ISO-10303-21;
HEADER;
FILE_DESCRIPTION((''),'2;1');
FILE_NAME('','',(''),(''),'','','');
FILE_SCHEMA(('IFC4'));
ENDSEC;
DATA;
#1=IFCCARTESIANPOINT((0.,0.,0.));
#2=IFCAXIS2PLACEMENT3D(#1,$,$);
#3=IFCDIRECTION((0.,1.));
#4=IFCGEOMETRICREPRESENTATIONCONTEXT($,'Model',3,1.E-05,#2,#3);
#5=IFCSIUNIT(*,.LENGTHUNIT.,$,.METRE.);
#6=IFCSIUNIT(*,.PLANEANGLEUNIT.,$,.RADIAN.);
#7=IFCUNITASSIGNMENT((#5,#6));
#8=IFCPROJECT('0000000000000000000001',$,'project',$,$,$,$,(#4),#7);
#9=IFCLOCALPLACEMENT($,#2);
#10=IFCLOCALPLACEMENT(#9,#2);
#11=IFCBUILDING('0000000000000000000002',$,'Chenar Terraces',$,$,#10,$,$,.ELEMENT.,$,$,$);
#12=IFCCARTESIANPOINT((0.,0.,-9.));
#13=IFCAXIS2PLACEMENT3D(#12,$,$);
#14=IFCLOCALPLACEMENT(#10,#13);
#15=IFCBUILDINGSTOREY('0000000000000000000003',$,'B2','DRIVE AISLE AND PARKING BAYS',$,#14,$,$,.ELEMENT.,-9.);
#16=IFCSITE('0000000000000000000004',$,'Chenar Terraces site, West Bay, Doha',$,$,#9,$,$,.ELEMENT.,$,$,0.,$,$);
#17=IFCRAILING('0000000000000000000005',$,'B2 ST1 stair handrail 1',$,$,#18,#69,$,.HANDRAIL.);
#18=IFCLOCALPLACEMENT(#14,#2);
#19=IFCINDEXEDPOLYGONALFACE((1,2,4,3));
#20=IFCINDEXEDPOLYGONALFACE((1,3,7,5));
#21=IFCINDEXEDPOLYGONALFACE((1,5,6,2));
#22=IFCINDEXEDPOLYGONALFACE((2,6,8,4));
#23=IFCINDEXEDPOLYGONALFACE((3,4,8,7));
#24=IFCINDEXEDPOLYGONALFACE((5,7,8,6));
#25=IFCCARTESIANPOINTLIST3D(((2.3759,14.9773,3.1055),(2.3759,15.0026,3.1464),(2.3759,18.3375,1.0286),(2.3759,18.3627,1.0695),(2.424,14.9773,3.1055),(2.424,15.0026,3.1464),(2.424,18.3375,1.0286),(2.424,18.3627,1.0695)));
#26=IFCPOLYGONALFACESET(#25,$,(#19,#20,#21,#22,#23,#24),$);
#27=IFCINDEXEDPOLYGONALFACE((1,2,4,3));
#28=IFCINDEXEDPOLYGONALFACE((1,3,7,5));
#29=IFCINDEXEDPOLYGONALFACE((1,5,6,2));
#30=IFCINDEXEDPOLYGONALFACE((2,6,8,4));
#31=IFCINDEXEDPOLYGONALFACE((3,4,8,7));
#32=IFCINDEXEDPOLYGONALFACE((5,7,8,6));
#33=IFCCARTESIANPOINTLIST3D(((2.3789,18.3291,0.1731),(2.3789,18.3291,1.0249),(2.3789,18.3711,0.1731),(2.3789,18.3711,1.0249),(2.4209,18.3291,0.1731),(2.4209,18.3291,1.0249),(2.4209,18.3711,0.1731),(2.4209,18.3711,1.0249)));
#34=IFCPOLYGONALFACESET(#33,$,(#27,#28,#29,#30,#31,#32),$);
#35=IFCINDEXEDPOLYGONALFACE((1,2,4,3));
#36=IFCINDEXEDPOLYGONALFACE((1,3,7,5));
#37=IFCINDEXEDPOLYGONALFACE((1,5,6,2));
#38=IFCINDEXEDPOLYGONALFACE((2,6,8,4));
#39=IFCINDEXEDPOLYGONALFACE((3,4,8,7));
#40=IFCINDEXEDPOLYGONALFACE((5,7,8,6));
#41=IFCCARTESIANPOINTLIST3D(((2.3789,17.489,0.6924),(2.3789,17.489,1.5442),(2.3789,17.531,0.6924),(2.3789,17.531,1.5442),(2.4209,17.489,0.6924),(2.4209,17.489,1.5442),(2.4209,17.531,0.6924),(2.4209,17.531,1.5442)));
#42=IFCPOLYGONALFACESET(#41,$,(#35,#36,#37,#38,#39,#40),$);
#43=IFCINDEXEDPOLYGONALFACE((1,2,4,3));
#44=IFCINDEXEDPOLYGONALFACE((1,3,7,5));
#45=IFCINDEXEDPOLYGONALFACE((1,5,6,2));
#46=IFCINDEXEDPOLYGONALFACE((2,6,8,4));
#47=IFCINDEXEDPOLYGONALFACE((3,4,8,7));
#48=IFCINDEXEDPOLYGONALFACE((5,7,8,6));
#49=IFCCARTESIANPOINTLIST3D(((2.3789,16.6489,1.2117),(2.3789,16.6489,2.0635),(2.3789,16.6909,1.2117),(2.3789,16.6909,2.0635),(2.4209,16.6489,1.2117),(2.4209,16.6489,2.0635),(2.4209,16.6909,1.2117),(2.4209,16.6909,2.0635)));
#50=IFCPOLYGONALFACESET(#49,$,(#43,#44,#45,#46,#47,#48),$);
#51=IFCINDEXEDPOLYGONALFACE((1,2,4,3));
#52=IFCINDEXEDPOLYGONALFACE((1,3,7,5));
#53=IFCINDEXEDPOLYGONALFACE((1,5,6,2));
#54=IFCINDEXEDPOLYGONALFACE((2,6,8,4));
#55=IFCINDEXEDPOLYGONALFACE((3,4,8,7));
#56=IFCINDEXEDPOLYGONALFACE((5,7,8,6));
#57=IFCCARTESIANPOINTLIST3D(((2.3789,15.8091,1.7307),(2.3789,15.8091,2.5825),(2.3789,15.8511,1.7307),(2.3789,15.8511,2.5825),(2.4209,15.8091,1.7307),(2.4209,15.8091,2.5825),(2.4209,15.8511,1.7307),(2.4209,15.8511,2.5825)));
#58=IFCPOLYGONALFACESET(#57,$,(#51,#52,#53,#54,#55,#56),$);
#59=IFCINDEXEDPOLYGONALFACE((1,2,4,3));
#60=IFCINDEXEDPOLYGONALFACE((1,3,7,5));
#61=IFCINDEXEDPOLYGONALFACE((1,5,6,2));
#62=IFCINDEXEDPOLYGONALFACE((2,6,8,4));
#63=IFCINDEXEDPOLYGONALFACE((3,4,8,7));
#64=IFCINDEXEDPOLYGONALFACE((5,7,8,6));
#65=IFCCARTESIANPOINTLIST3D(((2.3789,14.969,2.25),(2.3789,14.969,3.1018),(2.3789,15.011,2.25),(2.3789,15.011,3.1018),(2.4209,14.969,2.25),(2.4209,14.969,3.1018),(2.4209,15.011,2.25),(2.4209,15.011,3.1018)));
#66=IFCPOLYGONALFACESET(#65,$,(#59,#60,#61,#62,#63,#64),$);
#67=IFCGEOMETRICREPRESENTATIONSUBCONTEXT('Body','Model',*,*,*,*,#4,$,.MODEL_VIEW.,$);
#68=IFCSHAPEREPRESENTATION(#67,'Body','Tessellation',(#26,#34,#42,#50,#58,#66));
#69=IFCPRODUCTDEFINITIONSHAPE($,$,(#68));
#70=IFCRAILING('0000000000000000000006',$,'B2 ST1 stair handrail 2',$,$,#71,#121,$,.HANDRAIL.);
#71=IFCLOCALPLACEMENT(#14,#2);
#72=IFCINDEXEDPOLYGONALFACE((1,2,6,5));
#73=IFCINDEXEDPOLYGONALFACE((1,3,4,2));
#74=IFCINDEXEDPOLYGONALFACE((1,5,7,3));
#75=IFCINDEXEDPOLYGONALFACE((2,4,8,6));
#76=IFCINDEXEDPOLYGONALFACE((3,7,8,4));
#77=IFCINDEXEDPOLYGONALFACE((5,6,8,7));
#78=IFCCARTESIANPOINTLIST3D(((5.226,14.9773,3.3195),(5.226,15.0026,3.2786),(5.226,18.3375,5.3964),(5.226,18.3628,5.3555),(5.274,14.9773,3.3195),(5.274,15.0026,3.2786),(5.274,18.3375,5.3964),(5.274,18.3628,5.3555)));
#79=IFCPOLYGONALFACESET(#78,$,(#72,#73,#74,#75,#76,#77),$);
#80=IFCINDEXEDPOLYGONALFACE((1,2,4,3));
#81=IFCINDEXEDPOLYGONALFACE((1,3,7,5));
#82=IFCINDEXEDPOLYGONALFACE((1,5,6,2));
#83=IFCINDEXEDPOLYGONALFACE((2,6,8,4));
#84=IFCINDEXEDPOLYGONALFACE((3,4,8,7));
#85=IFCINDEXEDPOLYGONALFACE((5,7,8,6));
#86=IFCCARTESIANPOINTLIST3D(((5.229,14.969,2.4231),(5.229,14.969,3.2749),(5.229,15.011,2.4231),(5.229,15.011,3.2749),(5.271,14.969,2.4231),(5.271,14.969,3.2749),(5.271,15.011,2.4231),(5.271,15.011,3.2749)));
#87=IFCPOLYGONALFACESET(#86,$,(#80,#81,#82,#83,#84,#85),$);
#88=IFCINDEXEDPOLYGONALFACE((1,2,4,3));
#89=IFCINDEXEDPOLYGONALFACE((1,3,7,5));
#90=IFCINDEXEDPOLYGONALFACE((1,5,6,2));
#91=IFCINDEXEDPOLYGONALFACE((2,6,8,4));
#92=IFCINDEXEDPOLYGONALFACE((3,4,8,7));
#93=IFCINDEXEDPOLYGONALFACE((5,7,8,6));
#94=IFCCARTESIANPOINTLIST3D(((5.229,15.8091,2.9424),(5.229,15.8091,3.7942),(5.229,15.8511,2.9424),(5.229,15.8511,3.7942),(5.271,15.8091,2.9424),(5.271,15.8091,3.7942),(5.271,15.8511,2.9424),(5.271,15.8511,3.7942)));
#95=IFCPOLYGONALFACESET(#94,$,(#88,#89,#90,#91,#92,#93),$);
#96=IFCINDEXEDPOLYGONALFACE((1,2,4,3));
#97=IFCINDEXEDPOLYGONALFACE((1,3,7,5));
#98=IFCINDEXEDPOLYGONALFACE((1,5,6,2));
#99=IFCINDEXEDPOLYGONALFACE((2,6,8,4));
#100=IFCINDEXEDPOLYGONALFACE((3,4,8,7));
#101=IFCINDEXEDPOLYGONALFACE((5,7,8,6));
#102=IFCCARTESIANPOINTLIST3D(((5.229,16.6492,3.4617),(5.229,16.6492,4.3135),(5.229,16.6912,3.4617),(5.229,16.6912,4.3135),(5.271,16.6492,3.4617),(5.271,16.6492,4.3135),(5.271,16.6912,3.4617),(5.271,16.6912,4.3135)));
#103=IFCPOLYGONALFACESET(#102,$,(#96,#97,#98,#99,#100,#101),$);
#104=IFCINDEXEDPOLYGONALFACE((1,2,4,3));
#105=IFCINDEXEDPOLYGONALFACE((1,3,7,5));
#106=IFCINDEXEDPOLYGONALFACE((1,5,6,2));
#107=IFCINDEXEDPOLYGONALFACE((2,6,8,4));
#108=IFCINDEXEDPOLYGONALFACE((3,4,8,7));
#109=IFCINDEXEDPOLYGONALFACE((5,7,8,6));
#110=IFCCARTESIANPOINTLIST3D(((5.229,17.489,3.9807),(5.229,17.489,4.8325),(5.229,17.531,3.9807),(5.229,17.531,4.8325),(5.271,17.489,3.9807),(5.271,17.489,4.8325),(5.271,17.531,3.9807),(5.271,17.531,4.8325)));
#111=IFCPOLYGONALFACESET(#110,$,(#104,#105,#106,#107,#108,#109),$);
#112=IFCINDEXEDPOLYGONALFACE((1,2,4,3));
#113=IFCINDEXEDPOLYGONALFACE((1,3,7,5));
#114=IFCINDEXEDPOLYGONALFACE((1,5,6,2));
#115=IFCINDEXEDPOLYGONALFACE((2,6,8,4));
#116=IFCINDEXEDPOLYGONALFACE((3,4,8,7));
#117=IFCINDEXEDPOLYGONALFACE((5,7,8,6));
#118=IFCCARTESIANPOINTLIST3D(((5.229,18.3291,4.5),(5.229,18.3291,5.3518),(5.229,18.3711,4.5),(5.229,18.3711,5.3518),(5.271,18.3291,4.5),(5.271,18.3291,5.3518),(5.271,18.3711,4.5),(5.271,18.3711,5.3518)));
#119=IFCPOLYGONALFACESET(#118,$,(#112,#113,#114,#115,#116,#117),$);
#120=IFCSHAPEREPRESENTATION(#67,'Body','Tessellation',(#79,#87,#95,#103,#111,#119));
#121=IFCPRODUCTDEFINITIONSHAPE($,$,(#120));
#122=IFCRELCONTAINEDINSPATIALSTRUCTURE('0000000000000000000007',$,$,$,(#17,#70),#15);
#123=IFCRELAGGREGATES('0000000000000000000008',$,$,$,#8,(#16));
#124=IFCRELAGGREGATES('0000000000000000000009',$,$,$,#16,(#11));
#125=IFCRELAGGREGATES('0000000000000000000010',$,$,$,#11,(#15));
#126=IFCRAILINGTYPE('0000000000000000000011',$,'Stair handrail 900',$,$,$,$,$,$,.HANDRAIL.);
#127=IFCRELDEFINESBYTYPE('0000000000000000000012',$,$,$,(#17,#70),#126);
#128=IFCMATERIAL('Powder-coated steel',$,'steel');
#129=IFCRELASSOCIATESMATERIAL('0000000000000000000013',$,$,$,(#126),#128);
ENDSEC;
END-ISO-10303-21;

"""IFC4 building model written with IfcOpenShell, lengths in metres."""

from ifc_helpers import new_model, si_unit, direction, frame, origin, origin_2d, place, context, subcontext, project, spatial, rectangle, extrude, material, type_object, element, save


model = new_model("IFC4")

# Units and contexts
model_context = context("Model", 3, precision=1e-05, world=origin(), true_north=direction((0.0, 1.0)))
body_context = subcontext(model_context, "Body", "Model", "MODEL_VIEW")
ifc_project = project(units=[si_unit("LENGTHUNIT", "METRE"), si_unit("PLANEANGLEUNIT", "RADIAN")], contexts=[model_context])

# Site, building, storey
site_placement = place(None, origin())
site = spatial("IfcSite", under=ifc_project, at=site_placement, Name="Chenar Terraces site, West Bay, Doha", CompositionType="ELEMENT", RefElevation=0.0)
building_placement = place(site_placement, origin())
building = spatial("IfcBuilding", under=site, at=building_placement, Name="Chenar Terraces", CompositionType="ELEMENT")
storey_placement = place(building_placement, frame((0.0, 0.0, -9.0)))
storey = spatial("IfcBuildingStorey", under=building, at=storey_placement, Name="B2", Description="DRIVE AISLE AND PARKING BAYS", CompositionType="ELEMENT", Elevation=-9.0)

# Railings
ifc_material_1 = material(Name="Powder-coated steel", Category="steel")
railing_type_1 = type_object("IfcRailingType", Name="Stair handrail 900", PredefinedType="HANDRAIL", material=ifc_material_1)
railing_1_placement = place(storey_placement, frame((2.3999, 18.3501, 0.1731)))
element("IfcRailing", 1, at=railing_1_placement, inside=storey, type_object=railing_type_1, Name="B2 ST1 stair handrail 1", PredefinedType="HANDRAIL", context=body_context, shape_type="SweptSolid", body=[
    extrude(rectangle(XDim=0.0481, YDim=0.0481, at=origin_2d()), frame((0.0, 0.0, 0.876), z_axis=(0.0, -0.850623, 0.525776), x_axis=(1.0, 0.0, 0.0)), (0.0, 0.0, 1.0), 3.9502),
    extrude(rectangle(XDim=0.042, YDim=0.042, at=origin_2d()), origin(), (0.0, 0.0, 1.0), 0.8518),
    extrude(rectangle(XDim=0.042, YDim=0.042, at=origin_2d()), frame((0.0, -0.8401, 0.5193)), (0.0, 0.0, 1.0), 0.8518),
    extrude(rectangle(XDim=0.042, YDim=0.042, at=origin_2d()), frame((0.0, -1.6802, 1.0386)), (0.0, 0.0, 1.0), 0.8518),
    extrude(rectangle(XDim=0.042, YDim=0.042, at=origin_2d()), frame((0.0, -2.52, 1.5576)), (0.0, 0.0, 1.0), 0.8518),
    extrude(rectangle(XDim=0.042, YDim=0.042, at=origin_2d()), frame((0.0, -3.3601, 2.0769)), (0.0, 0.0, 1.0), 0.8518),
])
railing_2_placement = place(storey_placement, frame((5.25, 14.99, 2.4231)))
element("IfcRailing", 2, at=railing_2_placement, inside=storey, type_object=railing_type_1, Name="B2 ST1 stair handrail 2", PredefinedType="HANDRAIL", context=body_context, shape_type="SweptSolid", body=[
    extrude(rectangle(XDim=0.0481, YDim=0.0481, at=origin_2d()), frame((0.0, 0.0, 0.876), z_axis=(0.0, 0.850623, 0.525776), x_axis=(-1.0, 0.0, 0.0)), (0.0, 0.0, 1.0), 3.9502),
    extrude(rectangle(XDim=0.042, YDim=0.042, at=origin_2d()), origin(), (0.0, 0.0, 1.0), 0.8518),
    extrude(rectangle(XDim=0.042, YDim=0.042, at=origin_2d()), frame((0.0, 0.8401, 0.5193)), (0.0, 0.0, 1.0), 0.8518),
    extrude(rectangle(XDim=0.042, YDim=0.042, at=origin_2d()), frame((0.0, 1.6802, 1.0386)), (0.0, 0.0, 1.0), 0.8518),
    extrude(rectangle(XDim=0.042, YDim=0.042, at=origin_2d()), frame((0.0, 2.52, 1.5576)), (0.0, 0.0, 1.0), 0.8518),
    extrude(rectangle(XDim=0.042, YDim=0.042, at=origin_2d()), frame((0.0, 3.3601, 2.0769)), (0.0, 0.0, 1.0), 0.8518),
])

save(model, "model.ifc")
